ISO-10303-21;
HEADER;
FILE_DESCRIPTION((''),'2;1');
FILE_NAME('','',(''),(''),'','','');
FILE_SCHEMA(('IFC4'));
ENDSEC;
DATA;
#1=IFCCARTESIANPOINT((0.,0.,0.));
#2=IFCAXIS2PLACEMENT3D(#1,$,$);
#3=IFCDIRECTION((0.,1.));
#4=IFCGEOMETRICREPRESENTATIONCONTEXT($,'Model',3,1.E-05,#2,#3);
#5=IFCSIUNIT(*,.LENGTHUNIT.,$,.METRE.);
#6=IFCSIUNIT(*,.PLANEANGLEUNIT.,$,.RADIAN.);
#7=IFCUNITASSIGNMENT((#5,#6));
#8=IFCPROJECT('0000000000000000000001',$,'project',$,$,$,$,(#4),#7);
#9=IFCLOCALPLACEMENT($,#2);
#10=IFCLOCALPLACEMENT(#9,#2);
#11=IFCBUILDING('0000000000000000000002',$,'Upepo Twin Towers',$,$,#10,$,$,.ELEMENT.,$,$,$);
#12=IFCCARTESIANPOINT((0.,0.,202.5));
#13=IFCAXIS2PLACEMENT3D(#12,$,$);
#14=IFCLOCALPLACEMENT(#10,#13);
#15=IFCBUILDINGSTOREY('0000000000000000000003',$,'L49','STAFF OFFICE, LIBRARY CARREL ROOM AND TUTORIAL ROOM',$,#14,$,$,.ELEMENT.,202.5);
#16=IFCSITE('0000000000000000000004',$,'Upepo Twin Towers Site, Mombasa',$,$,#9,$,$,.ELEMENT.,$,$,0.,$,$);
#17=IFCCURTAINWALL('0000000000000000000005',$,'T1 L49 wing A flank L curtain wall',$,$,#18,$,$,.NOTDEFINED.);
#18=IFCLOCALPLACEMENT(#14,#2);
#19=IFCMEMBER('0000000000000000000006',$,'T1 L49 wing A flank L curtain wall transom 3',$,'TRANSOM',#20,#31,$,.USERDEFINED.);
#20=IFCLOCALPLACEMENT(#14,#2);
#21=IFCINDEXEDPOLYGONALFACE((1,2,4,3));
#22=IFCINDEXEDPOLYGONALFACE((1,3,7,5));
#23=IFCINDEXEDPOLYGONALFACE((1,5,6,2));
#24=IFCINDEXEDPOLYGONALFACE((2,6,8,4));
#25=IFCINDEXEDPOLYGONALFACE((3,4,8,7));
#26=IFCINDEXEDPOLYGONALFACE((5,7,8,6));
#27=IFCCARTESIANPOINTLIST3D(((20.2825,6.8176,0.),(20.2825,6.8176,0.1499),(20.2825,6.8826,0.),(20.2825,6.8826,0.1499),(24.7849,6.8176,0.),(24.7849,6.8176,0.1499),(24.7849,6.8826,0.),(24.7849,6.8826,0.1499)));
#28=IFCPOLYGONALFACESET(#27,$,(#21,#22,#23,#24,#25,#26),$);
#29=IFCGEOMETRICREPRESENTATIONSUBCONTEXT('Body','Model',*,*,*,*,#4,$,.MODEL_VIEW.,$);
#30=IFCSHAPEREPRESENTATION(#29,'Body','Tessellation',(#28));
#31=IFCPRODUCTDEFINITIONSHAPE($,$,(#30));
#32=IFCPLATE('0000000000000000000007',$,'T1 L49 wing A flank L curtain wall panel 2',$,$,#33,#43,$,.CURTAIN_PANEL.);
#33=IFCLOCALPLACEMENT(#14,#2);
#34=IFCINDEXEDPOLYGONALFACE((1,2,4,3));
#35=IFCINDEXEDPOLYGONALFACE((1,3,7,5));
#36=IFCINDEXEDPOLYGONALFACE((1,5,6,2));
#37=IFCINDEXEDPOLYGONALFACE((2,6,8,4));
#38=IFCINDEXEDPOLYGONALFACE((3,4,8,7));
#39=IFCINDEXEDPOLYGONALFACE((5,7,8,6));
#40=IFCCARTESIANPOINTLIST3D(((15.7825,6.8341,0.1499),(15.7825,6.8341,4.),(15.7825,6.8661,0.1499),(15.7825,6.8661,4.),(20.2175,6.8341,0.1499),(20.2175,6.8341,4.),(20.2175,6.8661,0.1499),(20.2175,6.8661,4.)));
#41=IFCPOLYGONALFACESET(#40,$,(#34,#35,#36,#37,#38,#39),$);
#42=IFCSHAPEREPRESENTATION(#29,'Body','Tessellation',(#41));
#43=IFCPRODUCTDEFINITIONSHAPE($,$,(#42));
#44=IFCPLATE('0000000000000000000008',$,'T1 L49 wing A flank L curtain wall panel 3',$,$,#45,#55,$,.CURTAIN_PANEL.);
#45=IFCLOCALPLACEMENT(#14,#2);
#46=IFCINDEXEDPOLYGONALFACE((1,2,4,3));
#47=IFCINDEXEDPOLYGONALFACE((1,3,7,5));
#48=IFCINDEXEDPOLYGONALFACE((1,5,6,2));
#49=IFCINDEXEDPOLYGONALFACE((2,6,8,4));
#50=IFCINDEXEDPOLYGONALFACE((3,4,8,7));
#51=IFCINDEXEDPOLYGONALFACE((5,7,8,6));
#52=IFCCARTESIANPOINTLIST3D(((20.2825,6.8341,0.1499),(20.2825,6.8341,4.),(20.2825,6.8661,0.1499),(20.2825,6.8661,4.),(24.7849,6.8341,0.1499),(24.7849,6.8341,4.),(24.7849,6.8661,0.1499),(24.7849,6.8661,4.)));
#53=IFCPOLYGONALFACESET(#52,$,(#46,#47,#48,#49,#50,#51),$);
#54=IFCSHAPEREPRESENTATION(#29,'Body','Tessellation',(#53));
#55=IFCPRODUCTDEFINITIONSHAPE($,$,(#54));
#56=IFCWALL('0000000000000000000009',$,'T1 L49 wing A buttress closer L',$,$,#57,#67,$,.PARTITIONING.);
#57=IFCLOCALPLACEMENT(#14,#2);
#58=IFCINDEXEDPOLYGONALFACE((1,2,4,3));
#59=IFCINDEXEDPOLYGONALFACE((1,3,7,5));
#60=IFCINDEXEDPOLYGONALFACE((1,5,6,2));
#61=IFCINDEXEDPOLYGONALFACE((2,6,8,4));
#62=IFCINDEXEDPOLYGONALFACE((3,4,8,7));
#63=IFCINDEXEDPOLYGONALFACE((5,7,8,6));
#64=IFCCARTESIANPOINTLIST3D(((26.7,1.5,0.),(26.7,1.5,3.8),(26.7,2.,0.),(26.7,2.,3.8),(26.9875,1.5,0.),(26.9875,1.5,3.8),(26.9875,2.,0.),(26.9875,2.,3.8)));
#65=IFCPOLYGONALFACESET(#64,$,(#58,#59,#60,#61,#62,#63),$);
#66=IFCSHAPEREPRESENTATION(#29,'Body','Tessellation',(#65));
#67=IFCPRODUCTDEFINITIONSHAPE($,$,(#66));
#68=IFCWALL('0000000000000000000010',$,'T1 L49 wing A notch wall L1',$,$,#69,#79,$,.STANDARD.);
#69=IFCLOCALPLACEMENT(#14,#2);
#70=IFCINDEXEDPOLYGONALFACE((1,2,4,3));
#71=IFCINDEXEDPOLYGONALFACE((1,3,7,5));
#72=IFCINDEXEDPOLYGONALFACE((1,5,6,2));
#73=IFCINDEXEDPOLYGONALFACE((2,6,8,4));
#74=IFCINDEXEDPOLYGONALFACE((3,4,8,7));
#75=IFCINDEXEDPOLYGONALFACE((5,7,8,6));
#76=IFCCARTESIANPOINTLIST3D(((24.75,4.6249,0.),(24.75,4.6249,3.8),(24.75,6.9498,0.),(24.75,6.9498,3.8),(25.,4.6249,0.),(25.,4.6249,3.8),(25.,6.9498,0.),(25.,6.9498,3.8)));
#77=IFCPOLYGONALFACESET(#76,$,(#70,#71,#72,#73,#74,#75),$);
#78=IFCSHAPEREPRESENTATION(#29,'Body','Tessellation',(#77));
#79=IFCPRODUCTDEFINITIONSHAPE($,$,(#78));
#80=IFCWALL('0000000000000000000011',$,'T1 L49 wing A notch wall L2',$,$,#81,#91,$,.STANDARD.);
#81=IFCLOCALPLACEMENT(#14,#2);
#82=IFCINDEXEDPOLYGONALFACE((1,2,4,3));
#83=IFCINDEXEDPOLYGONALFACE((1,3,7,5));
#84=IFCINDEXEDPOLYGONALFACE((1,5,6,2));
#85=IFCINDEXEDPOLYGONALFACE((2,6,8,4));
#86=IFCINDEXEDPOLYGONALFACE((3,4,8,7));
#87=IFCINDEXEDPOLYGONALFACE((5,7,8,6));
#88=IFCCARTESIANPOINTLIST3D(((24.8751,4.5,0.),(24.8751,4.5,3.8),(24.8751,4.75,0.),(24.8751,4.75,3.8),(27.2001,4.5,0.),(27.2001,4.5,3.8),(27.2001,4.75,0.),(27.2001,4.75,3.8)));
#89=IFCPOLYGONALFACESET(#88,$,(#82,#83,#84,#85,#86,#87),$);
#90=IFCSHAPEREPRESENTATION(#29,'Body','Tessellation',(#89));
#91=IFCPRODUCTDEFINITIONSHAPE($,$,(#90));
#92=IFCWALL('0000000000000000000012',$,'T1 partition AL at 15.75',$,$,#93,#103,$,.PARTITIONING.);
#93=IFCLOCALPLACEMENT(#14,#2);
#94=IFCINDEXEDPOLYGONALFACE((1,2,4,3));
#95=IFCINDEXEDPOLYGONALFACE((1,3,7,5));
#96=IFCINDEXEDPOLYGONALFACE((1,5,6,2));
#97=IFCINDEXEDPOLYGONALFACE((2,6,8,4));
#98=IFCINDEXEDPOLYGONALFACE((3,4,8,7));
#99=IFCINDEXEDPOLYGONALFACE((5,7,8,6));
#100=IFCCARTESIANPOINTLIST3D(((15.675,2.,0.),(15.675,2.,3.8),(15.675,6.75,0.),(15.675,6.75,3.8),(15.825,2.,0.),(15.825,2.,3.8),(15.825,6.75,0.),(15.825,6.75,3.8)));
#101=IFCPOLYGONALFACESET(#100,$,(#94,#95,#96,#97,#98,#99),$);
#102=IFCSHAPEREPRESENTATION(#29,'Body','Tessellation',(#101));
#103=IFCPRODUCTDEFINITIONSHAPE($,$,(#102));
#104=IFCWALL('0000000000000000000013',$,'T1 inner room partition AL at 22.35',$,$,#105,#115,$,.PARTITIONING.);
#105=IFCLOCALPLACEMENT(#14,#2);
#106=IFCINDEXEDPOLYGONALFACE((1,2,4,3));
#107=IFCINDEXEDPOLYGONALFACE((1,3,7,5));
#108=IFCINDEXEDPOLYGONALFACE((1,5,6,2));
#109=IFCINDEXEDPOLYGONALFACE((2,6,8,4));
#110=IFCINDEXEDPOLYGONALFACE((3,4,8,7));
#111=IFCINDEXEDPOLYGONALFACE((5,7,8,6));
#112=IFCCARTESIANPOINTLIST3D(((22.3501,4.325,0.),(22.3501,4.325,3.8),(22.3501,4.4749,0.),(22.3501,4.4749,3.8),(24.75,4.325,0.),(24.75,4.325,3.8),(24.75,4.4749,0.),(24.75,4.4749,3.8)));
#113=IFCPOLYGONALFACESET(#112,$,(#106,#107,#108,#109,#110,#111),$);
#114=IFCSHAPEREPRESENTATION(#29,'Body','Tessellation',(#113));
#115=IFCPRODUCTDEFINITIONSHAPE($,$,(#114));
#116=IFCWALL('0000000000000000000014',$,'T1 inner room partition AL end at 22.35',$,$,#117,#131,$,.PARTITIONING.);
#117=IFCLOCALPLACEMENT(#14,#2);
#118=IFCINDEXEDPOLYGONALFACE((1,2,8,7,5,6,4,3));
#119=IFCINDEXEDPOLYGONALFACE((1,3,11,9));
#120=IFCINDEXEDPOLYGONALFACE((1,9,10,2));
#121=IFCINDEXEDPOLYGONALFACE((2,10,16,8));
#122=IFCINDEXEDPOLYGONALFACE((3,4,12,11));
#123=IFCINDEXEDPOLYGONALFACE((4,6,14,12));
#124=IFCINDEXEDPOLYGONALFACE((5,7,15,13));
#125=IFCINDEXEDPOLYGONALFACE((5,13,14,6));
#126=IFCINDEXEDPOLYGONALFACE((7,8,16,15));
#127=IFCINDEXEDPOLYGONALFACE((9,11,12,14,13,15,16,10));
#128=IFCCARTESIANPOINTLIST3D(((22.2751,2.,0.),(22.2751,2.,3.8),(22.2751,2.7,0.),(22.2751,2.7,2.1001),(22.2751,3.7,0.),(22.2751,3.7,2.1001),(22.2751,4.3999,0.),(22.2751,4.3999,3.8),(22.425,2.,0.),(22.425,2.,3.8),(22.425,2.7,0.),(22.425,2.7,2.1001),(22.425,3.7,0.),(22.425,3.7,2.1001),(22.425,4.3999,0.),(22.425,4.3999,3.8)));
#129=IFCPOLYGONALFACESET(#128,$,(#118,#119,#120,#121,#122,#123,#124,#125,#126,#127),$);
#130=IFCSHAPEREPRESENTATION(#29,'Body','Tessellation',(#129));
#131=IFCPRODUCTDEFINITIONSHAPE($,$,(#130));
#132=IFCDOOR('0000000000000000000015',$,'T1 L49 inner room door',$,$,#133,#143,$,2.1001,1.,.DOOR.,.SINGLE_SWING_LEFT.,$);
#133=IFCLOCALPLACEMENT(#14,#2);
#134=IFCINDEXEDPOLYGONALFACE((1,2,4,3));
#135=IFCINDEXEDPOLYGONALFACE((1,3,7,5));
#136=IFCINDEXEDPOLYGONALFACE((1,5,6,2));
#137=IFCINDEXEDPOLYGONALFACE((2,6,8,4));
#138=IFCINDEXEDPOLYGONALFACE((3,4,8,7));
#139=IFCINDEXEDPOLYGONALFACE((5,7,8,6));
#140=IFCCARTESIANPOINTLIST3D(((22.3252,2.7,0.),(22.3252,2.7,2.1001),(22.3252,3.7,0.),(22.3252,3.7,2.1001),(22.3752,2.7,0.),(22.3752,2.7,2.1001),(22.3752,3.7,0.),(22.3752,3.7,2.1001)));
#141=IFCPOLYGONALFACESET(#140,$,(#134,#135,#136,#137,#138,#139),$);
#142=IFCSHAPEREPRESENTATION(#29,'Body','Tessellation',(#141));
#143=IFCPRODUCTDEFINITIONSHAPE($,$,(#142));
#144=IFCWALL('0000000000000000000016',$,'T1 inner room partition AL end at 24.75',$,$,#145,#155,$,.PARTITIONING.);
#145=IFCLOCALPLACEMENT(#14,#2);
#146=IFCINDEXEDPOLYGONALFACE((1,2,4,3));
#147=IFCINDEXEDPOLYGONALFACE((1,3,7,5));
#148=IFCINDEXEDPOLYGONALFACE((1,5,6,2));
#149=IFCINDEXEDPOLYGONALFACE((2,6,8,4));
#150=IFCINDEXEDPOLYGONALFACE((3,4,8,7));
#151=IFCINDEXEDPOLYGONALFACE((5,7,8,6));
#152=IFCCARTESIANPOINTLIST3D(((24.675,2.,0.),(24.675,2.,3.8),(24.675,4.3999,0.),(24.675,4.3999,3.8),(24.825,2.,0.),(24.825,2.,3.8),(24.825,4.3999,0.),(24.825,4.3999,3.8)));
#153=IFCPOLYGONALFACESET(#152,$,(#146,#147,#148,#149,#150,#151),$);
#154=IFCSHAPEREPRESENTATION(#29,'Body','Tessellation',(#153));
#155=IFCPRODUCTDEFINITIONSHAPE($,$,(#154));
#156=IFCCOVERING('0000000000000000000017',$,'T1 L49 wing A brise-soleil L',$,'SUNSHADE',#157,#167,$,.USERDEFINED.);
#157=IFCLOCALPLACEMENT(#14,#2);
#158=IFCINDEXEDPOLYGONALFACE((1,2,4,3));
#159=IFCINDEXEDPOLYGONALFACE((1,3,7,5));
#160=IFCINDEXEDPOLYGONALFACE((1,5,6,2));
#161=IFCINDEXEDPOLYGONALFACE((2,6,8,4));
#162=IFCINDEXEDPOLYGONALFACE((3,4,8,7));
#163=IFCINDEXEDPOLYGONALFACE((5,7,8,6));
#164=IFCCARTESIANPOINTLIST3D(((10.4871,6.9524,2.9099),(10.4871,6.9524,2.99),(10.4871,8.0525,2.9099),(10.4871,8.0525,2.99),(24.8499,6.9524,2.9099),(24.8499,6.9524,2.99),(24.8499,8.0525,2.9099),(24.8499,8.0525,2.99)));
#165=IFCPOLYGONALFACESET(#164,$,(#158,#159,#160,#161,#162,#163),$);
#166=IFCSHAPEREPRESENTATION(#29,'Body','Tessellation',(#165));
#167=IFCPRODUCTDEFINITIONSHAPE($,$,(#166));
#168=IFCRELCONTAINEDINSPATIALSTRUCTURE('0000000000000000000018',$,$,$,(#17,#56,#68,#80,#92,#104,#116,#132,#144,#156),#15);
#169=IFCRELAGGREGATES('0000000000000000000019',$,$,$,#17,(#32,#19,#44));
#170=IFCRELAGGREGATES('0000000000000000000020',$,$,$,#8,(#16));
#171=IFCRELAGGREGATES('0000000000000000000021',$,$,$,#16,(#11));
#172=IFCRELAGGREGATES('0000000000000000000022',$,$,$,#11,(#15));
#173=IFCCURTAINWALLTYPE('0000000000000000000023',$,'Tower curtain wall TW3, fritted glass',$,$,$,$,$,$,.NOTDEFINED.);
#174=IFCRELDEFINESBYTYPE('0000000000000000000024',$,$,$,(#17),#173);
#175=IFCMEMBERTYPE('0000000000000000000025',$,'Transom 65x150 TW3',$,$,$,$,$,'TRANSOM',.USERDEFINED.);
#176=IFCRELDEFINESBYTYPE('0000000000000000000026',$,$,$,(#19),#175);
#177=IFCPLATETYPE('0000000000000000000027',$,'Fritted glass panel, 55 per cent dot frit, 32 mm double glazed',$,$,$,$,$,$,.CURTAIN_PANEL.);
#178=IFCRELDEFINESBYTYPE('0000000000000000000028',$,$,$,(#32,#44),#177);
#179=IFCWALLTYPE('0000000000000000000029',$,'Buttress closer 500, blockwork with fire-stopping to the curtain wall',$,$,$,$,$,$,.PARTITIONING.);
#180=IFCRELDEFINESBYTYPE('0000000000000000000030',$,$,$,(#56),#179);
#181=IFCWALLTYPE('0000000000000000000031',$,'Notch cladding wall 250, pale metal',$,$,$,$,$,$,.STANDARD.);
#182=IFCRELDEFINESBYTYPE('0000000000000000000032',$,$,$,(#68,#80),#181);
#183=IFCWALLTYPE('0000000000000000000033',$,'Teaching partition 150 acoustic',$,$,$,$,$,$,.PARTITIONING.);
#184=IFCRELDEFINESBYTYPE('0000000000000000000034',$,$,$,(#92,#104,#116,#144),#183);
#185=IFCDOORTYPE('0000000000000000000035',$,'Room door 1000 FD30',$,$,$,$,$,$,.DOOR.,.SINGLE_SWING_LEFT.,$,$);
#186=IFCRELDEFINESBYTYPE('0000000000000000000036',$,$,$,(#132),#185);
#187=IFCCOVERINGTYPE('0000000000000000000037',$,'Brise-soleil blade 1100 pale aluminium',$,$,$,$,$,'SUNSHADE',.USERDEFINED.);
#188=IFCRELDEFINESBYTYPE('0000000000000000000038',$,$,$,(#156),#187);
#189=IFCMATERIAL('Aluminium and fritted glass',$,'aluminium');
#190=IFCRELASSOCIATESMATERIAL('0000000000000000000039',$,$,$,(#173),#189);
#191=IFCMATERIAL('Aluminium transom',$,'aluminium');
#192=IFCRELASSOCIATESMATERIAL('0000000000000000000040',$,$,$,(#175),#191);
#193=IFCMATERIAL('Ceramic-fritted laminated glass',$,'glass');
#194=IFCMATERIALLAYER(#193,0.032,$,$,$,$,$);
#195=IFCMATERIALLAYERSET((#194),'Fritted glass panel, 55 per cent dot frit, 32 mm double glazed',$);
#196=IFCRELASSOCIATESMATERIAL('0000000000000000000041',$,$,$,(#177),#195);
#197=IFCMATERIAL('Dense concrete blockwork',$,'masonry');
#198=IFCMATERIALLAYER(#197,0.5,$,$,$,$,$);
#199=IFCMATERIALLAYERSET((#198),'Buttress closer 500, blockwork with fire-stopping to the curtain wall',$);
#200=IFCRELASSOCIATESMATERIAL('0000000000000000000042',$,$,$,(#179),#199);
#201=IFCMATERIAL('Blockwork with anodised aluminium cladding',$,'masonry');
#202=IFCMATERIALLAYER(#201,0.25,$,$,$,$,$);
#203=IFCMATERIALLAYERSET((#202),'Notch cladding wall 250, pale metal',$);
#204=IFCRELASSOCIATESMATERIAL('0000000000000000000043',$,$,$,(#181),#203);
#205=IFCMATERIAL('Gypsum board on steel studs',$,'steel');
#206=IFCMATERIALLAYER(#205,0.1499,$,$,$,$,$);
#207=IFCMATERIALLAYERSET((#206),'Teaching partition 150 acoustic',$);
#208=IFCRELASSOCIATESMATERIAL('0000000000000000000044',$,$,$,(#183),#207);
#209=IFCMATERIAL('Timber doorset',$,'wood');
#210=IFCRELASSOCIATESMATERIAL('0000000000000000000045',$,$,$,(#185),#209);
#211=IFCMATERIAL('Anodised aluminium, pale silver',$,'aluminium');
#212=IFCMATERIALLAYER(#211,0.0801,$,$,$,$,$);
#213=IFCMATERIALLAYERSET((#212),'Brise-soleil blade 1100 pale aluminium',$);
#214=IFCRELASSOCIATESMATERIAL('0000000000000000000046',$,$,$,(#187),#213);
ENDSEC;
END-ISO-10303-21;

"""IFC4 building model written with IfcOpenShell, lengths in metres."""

from ifc_helpers import new_model, si_unit, direction, frame, frame_2d, origin, origin_2d, place, context, subcontext, project, spatial, rectangle, extrude, material, layer, layer_set, material_profile, profile_set, type_object, element, fill, aggregate, save


model = new_model("IFC4")

# Units and contexts
model_context = context("Model", 3, precision=1e-05, world=origin(), true_north=direction((0.0, 1.0)))
body_context = subcontext(model_context, "Body", "Model", "MODEL_VIEW")
ifc_project = project(units=[si_unit("LENGTHUNIT", "METRE"), si_unit("PLANEANGLEUNIT", "RADIAN")], contexts=[model_context])

# Site, building, storey
site_placement = place(None, origin())
site = spatial("IfcSite", under=ifc_project, at=site_placement, Name="Upepo Twin Towers Site, Mombasa", CompositionType="ELEMENT", RefElevation=0.0)
building_placement = place(site_placement, origin())
building = spatial("IfcBuilding", under=site, at=building_placement, Name="Upepo Twin Towers", CompositionType="ELEMENT")
storey_placement = place(building_placement, frame((0.0, 0.0, 202.5)))
storey = spatial("IfcBuildingStorey", under=building, at=storey_placement, Name="L49", Description="STAFF OFFICE, LIBRARY CARREL ROOM AND TUTORIAL ROOM", CompositionType="ELEMENT", Elevation=202.5)

# Curtain wall
ifc_material_1 = material(Name="Aluminium and fritted glass", Category="aluminium")
curtain_wall_type = type_object("IfcCurtainWallType", Name="Tower curtain wall TW3, fritted glass", PredefinedType="NOTDEFINED", material=ifc_material_1)
curtain_wall_1_placement = place(storey_placement, origin())
curtain_wall_1 = element("IfcCurtainWall", 1, at=curtain_wall_1_placement, inside=storey, type_object=curtain_wall_type, Name="T1 L49 wing A flank L curtain wall", PredefinedType="NOTDEFINED")

# Member
ifc_material_2 = material(Name="Aluminium transom", Category="aluminium")
ifc_material_profile_1 = material_profile(ifc_material_2, rectangle(XDim=0.0649, YDim=0.1499, at=origin_2d()), Name="TRANSOM 65x150")
ifc_profile_set_1 = profile_set([ifc_material_profile_1], Name="Aluminium transom")
member_type_1 = type_object("IfcMemberType", Name="Transom 65x150 TW3", ElementType="TRANSOM", PredefinedType="USERDEFINED", material=ifc_profile_set_1)
member_1_placement = place(storey_placement, frame((20.2825, 6.8501, 0.075), z_axis=(1.0, 0.0, 0.0), x_axis=(0.0, 1.0, 0.0)))
member_1 = element("IfcMember", 2, at=member_1_placement, type_object=member_type_1, Name="T1 L49 wing A flank L curtain wall transom 3", ObjectType="TRANSOM", PredefinedType="USERDEFINED", context=body_context, shape_type="SweptSolid", body=[
    extrude(rectangle(XDim=0.0649, YDim=0.1499, at=origin_2d()), origin(), (0.0, 0.0, 1.0), 4.5024),
])

# Plates
ifc_material_3 = material(Name="Ceramic-fritted laminated glass", Category="glass")
ifc_layer_1 = layer(ifc_material_3, 0.032)
ifc_layer_set_1 = layer_set([ifc_layer_1], Name="Fritted glass panel, 55 per cent dot frit, 32 mm double glazed")
plate_type = type_object("IfcPlateType", Name="Fritted glass panel, 55 per cent dot frit, 32 mm double glazed", PredefinedType="CURTAIN_PANEL", material=ifc_layer_set_1)
plate_1_placement = place(storey_placement, frame((18.0, 6.8501, 0.1499), z_axis=(0.0, 0.0, 1.0), x_axis=(1.0, 0.0, 0.0)))
plate_1 = element("IfcPlate", 3, at=plate_1_placement, type_object=plate_type, Name="T1 L49 wing A flank L curtain wall panel 2", PredefinedType="CURTAIN_PANEL", context=body_context, shape_type="SweptSolid", body=[
    extrude(rectangle(XDim=4.4351, YDim=0.032, at=origin_2d()), origin(), (0.0, 0.0, 1.0), 3.8501),
])
plate_2_placement = place(storey_placement, frame((22.5337, 6.8501, 0.1499), z_axis=(0.0, 0.0, 1.0), x_axis=(1.0, 0.0, 0.0)))
plate_2 = element("IfcPlate", 4, at=plate_2_placement, type_object=plate_type, Name="T1 L49 wing A flank L curtain wall panel 3", PredefinedType="CURTAIN_PANEL", context=body_context, shape_type="SweptSolid", body=[
    extrude(rectangle(XDim=4.5024, YDim=0.032, at=origin_2d()), origin(), (0.0, 0.0, 1.0), 3.8501),
])
aggregate(curtain_wall_1, [plate_1, member_1, plate_2])

# Walls
ifc_material_4 = material(Name="Dense concrete blockwork", Category="masonry")
ifc_layer_2 = layer(ifc_material_4, 0.5)
ifc_layer_set_2 = layer_set([ifc_layer_2], Name="Buttress closer 500, blockwork with fire-stopping to the curtain wall")
wall_type_1 = type_object("IfcWallType", Name="Buttress closer 500, blockwork with fire-stopping to the curtain wall", PredefinedType="PARTITIONING", material=ifc_layer_set_2)
wall_1_placement = place(storey_placement, frame((26.7, 1.75, 0.0), z_axis=(0.0, 0.0, 1.0), x_axis=(1.0, 0.0, 0.0)))
element("IfcWall", 5, at=wall_1_placement, inside=storey, type_object=wall_type_1, Name="T1 L49 wing A buttress closer L", PredefinedType="PARTITIONING", context=body_context, shape_type="SweptSolid", body=[
    extrude(rectangle(XDim=0.2876, YDim=0.5, at=frame_2d((0.1438, 0.0))), origin(), (0.0, 0.0, 1.0), 3.8),
])
ifc_material_5 = material(Name="Blockwork with anodised aluminium cladding", Category="masonry")
ifc_layer_3 = layer(ifc_material_5, 0.25)
ifc_layer_set_3 = layer_set([ifc_layer_3], Name="Notch cladding wall 250, pale metal")
wall_type_2 = type_object("IfcWallType", Name="Notch cladding wall 250, pale metal", PredefinedType="STANDARD", material=ifc_layer_set_3)
for number, where, z_axis, x_axis, name in (
    (6, (24.875, 6.95, 0.0), (0.0, 0.0, 1.0), (0.0, -1.0, 0.0), "T1 L49 wing A notch wall L1"),
    (7, (24.875, 4.625, 0.0), (0.0, 0.0, 1.0), (1.0, 0.0, 0.0), "T1 L49 wing A notch wall L2"),
):
    element("IfcWall", number, at=place(storey_placement, frame(where, z_axis=z_axis, x_axis=x_axis)), inside=storey, type_object=wall_type_2, Name=name, PredefinedType="STANDARD", context=body_context, shape_type="SweptSolid", body=[
        extrude(rectangle(XDim=2.325, YDim=0.25, at=frame_2d((1.1626, 0.0))), origin(), (0.0, 0.0, 1.0), 3.8),
    ])
ifc_material_6 = material(Name="Gypsum board on steel studs", Category="steel")
ifc_layer_4 = layer(ifc_material_6, 0.1499)
ifc_layer_set_4 = layer_set([ifc_layer_4], Name="Teaching partition 150 acoustic")
wall_type_3 = type_object("IfcWallType", Name="Teaching partition 150 acoustic", PredefinedType="PARTITIONING", material=ifc_layer_set_4)
wall_2_placement = place(storey_placement, frame((15.75, 2.0, 0.0), z_axis=(0.0, 0.0, 1.0), x_axis=(0.0, 1.0, 0.0)))
element("IfcWall", 8, at=wall_2_placement, inside=storey, type_object=wall_type_3, Name="T1 partition AL at 15.75", PredefinedType="PARTITIONING", context=body_context, shape_type="SweptSolid", body=[
    extrude(rectangle(XDim=4.75, YDim=0.1499, at=frame_2d((2.375, 0.0))), origin(), (0.0, 0.0, 1.0), 3.8),
])
wall_3_placement = place(storey_placement, frame((22.3501, 4.3999, 0.0), z_axis=(0.0, 0.0, 1.0), x_axis=(1.0, 0.0, 0.0)))
element("IfcWall", 9, at=wall_3_placement, inside=storey, type_object=wall_type_3, Name="T1 inner room partition AL at 22.35", PredefinedType="PARTITIONING", context=body_context, shape_type="SweptSolid", body=[
    extrude(rectangle(XDim=2.3999, YDim=0.1499, at=frame_2d((1.2, 0.0))), origin(), (0.0, 0.0, 1.0), 3.8),
])

# Wall, opening, door
wall_4_placement = place(storey_placement, frame((22.3501, 2.0, 0.0), z_axis=(0.0, 0.0, 1.0), x_axis=(0.0, 1.0, 0.0)))
wall_4 = element("IfcWall", 10, at=wall_4_placement, inside=storey, type_object=wall_type_3, Name="T1 inner room partition AL end at 22.35", PredefinedType="PARTITIONING", context=body_context, shape_type="SweptSolid", body=[
    extrude(rectangle(XDim=2.3999, YDim=0.1499, at=frame_2d((1.2, 0.0))), origin(), (0.0, 0.0, 1.0), 3.8),
])
opening_placement = place(wall_4_placement, frame((0.7, 0.0, 0.0)))
opening = element("IfcOpeningElement", 11, at=opening_placement, cuts=wall_4, PredefinedType="OPENING", context=body_context, shape_type="SweptSolid", body=[
    extrude(rectangle(XDim=1.0, YDim=2.1001, at=frame_2d((0.5, 1.05))), frame((0.0, 0.085, 0.0), z_axis=(0.0, -1.0, 0.0), x_axis=(1.0, 0.0, 0.0)), (0.0, 0.0, 1.0), 0.1699),
])
ifc_material_7 = material(Name="Timber doorset", Category="wood")
door_type = type_object("IfcDoorType", Name="Room door 1000 FD30", OperationType="SINGLE_SWING_LEFT", PredefinedType="DOOR", material=ifc_material_7)
door_placement = place(opening_placement, origin())
door = element("IfcDoor", 12, at=door_placement, inside=storey, type_object=door_type, Name="T1 L49 inner room door", OperationType="SINGLE_SWING_LEFT", OverallHeight=2.1001, OverallWidth=1.0, PredefinedType="DOOR", context=body_context, shape_type="SweptSolid", body=[
    extrude(rectangle(XDim=1.0, YDim=2.1001, at=frame_2d((0.5, 1.05))), frame((0.0, 0.0249, 0.0), z_axis=(0.0, -1.0, 0.0), x_axis=(1.0, 0.0, 0.0)), (0.0, 0.0, 1.0), 0.05),
])
fill(opening, door)

# Wall
wall_5_placement = place(storey_placement, frame((24.75, 2.0, 0.0), z_axis=(0.0, 0.0, 1.0), x_axis=(0.0, 1.0, 0.0)))
element("IfcWall", 13, at=wall_5_placement, inside=storey, type_object=wall_type_3, Name="T1 inner room partition AL end at 24.75", PredefinedType="PARTITIONING", context=body_context, shape_type="SweptSolid", body=[
    extrude(rectangle(XDim=2.3999, YDim=0.1499, at=frame_2d((1.2, 0.0))), origin(), (0.0, 0.0, 1.0), 3.8),
])

# Covering
ifc_material_8 = material(Name="Anodised aluminium, pale silver", Category="aluminium")
ifc_layer_5 = layer(ifc_material_8, 0.0801)
ifc_layer_set_5 = layer_set([ifc_layer_5], Name="Brise-soleil blade 1100 pale aluminium")
covering_type = type_object("IfcCoveringType", Name="Brise-soleil blade 1100 pale aluminium", ElementType="SUNSHADE", PredefinedType="USERDEFINED", material=ifc_layer_set_5)
covering_placement = place(storey_placement, frame((17.6685, 7.5024, 2.9099), z_axis=(0.0, 0.0, 1.0), x_axis=(1.0, 0.0, 0.0)))
element("IfcCovering", 14, at=covering_placement, inside=storey, type_object=covering_type, Name="T1 L49 wing A brise-soleil L", ObjectType="SUNSHADE", PredefinedType="USERDEFINED", context=body_context, shape_type="SweptSolid", body=[
    extrude(rectangle(XDim=14.3628, YDim=1.1001, at=origin_2d()), origin(), (0.0, 0.0, 1.0), 0.0801),
])

save(model, "model.ifc")
